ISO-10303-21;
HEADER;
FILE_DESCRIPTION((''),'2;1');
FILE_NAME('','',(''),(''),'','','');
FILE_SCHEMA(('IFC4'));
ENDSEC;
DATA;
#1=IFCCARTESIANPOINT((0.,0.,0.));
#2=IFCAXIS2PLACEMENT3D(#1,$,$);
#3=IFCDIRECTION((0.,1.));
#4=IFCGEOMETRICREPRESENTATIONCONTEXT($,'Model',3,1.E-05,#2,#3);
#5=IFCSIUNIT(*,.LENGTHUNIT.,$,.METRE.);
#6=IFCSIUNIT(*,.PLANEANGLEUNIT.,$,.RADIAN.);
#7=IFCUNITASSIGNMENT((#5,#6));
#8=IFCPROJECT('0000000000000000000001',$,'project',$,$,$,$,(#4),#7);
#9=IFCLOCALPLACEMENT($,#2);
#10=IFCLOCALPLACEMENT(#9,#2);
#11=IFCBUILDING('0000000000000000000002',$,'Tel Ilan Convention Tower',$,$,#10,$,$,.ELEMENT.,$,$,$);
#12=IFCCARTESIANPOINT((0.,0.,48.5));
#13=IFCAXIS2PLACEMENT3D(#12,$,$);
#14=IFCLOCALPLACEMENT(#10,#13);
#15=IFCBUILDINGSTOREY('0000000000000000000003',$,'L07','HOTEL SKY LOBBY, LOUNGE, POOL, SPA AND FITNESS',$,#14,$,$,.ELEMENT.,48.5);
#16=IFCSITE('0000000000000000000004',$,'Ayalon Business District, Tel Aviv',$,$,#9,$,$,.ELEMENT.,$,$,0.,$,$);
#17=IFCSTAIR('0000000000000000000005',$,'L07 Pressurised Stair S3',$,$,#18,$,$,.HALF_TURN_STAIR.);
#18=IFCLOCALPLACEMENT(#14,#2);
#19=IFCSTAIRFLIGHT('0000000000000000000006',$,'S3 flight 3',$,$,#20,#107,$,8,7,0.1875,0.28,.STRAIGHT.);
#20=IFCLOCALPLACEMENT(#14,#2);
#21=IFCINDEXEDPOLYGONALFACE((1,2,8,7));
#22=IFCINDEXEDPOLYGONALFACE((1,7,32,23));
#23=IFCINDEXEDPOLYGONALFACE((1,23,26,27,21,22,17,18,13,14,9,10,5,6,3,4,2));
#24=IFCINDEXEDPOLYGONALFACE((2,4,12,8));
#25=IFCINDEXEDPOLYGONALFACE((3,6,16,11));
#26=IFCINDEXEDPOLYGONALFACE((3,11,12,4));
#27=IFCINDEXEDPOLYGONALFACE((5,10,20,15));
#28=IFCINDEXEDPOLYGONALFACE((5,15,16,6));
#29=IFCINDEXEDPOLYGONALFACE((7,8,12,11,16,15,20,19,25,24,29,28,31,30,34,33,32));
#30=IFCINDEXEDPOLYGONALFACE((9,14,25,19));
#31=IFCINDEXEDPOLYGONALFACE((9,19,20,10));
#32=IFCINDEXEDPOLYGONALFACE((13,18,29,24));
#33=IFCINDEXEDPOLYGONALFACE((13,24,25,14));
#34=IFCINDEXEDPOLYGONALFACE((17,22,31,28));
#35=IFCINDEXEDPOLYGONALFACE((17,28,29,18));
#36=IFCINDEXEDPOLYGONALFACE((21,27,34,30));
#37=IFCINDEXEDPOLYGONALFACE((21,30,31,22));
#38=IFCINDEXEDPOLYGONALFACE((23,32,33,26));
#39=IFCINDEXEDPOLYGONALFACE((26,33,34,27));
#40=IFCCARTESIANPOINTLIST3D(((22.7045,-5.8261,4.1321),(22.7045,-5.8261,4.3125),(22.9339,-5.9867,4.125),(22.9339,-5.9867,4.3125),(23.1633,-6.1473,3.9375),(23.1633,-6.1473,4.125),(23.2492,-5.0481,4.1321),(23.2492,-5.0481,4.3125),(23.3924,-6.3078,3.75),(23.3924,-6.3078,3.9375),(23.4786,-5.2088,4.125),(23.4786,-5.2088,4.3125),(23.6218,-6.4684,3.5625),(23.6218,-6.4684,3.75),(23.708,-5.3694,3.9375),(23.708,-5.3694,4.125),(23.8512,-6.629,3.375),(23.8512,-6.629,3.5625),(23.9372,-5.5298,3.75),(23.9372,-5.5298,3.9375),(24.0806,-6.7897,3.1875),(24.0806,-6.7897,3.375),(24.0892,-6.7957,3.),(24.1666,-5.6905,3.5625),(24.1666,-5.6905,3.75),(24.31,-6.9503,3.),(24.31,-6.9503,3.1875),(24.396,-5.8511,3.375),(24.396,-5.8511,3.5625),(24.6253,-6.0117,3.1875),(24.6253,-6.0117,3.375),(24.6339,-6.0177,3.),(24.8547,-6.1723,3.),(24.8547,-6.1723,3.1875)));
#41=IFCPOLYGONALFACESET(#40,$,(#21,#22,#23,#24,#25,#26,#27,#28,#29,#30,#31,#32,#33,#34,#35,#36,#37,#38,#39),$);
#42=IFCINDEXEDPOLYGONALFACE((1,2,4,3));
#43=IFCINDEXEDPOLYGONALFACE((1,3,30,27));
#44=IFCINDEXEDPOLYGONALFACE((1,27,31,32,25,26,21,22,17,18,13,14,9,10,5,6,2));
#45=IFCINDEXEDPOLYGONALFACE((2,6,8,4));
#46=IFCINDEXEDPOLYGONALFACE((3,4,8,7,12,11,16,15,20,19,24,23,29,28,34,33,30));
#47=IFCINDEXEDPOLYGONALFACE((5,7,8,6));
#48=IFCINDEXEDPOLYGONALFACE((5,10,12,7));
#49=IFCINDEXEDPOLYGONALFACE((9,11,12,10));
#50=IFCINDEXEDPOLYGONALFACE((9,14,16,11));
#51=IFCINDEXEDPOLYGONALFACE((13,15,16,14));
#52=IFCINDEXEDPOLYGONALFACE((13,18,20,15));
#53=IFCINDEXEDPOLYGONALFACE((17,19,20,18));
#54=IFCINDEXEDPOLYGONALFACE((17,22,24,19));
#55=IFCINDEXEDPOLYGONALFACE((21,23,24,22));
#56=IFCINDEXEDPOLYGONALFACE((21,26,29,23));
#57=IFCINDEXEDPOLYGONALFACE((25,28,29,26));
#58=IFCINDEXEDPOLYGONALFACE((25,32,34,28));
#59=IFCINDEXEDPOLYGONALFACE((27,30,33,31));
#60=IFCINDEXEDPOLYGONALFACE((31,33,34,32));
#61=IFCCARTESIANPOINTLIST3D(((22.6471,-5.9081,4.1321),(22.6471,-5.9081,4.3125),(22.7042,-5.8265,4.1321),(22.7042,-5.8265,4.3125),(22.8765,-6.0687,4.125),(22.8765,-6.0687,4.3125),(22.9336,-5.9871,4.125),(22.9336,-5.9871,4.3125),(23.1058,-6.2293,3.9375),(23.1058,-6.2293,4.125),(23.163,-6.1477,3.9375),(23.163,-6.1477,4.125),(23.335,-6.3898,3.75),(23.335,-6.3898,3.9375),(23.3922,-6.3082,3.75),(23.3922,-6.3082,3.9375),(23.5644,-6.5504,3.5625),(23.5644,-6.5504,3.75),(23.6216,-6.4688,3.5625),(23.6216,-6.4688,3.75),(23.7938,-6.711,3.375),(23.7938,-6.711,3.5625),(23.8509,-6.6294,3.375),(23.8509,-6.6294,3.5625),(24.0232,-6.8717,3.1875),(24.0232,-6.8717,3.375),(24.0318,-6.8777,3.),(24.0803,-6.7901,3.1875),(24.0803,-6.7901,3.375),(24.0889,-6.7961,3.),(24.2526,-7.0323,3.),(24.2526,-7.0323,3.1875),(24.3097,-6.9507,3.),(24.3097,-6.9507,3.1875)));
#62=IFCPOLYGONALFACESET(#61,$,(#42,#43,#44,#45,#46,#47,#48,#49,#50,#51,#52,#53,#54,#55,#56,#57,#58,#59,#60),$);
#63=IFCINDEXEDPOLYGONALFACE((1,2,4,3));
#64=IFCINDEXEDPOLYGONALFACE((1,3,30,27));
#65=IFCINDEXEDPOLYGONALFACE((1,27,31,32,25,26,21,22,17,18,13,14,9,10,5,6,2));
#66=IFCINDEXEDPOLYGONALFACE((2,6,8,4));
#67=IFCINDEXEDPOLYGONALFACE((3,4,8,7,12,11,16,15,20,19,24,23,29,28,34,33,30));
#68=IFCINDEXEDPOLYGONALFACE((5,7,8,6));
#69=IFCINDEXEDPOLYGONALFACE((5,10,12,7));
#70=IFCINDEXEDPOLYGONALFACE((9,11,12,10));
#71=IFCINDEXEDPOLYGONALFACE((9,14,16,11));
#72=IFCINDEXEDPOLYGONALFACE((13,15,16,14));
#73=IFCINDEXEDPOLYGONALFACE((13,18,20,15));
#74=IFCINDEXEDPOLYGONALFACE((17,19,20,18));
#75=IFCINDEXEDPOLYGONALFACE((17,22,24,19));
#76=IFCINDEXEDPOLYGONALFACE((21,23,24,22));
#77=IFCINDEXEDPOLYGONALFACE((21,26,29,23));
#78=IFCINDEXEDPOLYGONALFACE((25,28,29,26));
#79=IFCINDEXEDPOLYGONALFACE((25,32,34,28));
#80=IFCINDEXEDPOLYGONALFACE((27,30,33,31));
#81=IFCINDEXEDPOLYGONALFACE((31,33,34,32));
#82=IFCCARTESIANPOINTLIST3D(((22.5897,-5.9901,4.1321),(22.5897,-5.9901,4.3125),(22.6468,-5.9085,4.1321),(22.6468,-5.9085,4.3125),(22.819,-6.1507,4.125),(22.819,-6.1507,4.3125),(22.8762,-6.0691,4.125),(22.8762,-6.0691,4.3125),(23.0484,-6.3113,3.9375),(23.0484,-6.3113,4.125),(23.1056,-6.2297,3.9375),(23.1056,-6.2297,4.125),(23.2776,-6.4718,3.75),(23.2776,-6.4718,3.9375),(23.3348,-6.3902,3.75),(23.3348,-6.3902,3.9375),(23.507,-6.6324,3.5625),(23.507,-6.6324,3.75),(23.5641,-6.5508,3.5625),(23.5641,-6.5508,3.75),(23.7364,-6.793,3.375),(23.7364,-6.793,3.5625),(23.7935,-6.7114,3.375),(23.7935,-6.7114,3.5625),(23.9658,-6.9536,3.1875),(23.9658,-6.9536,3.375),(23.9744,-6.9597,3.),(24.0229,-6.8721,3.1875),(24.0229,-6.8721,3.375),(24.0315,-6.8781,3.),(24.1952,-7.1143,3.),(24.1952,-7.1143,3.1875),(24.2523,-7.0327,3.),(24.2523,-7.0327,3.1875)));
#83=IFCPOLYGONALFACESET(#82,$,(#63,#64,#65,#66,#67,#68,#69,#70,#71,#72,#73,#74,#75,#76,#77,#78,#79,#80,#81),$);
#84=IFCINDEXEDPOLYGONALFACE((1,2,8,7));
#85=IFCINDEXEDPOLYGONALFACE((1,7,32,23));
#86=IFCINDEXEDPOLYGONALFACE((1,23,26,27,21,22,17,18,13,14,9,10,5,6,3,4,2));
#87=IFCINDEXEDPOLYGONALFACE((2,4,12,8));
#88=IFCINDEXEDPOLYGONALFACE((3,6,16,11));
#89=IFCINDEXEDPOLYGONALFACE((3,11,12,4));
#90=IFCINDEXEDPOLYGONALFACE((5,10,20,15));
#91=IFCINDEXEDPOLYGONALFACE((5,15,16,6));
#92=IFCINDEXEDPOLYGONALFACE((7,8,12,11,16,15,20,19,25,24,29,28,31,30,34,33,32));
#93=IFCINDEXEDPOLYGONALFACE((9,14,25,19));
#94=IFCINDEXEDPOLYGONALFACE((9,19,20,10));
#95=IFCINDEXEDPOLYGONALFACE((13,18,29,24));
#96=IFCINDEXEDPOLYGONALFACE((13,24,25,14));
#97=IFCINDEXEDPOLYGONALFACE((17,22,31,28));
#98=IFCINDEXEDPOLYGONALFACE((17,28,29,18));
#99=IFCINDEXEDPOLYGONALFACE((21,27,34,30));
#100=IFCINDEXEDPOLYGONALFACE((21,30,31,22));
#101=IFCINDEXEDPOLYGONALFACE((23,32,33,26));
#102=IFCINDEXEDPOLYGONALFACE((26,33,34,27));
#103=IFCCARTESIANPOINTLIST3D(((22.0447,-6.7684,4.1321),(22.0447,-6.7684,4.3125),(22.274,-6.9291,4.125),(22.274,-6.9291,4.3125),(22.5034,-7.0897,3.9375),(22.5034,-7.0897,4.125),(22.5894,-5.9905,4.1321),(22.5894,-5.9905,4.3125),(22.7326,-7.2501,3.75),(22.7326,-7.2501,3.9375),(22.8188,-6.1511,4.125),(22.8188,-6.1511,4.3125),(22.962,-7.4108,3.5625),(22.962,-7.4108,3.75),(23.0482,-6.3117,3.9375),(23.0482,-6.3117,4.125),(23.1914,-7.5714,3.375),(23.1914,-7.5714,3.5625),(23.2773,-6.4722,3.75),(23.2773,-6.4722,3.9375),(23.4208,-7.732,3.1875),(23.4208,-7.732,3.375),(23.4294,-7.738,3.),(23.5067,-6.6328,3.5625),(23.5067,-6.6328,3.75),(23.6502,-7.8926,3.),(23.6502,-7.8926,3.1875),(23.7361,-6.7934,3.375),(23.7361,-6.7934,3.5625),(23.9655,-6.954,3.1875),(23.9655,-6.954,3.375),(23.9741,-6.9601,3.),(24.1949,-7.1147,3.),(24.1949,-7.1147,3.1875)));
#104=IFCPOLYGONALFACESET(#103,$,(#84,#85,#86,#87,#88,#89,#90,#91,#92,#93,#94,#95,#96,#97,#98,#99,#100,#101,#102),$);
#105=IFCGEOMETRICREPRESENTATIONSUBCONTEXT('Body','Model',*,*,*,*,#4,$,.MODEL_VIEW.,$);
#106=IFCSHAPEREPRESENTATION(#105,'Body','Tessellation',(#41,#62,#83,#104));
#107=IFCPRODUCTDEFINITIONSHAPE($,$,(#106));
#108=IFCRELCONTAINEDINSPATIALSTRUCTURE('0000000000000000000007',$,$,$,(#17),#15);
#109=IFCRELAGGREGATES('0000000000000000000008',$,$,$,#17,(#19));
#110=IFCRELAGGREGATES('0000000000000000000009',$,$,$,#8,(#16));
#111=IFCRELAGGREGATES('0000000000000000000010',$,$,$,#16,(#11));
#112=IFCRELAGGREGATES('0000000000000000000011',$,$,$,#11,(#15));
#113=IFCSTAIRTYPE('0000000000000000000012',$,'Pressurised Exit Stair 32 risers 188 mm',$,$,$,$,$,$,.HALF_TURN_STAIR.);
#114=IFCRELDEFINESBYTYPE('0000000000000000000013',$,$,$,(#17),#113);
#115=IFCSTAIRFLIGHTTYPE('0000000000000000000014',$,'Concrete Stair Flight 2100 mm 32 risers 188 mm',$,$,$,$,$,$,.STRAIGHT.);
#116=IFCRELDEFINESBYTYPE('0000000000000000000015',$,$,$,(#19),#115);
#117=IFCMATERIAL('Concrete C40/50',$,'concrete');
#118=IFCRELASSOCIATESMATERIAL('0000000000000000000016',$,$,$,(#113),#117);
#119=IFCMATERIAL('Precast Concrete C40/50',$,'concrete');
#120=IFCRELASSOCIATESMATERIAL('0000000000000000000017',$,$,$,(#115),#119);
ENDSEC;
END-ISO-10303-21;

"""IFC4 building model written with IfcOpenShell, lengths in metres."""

from ifc_helpers import new_model, si_unit, direction, frame, origin, place, context, subcontext, project, spatial, polyline, outline, extrude, material, type_object, element, aggregate, save


model = new_model("IFC4")

# Units and contexts
model_context = context("Model", 3, precision=1e-05, world=origin(), true_north=direction((0.0, 1.0)))
body_context = subcontext(model_context, "Body", "Model", "MODEL_VIEW")
ifc_project = project(units=[si_unit("LENGTHUNIT", "METRE"), si_unit("PLANEANGLEUNIT", "RADIAN")], contexts=[model_context])

# Site, building, storey
site_placement = place(None, origin())
site = spatial("IfcSite", under=ifc_project, at=site_placement, Name="Ayalon Business District, Tel Aviv", CompositionType="ELEMENT", RefElevation=0.0)
building_placement = place(site_placement, origin())
building = spatial("IfcBuilding", under=site, at=building_placement, Name="Tel Ilan Convention Tower", CompositionType="ELEMENT")
storey_placement = place(building_placement, frame((0.0, 0.0, 48.5)))
storey = spatial("IfcBuildingStorey", under=building, at=storey_placement, Name="L07", Description="HOTEL SKY LOBBY, LOUNGE, POOL, SPA AND FITNESS", CompositionType="ELEMENT", Elevation=48.5)

# Stair, stair flight
ifc_material_1 = material(Name="Concrete C40/50", Category="concrete")
stair_type = type_object("IfcStairType", Name="Pressurised Exit Stair 32 risers 188 mm", PredefinedType="HALF_TURN_STAIR", material=ifc_material_1)
stair_1_placement = place(storey_placement, origin())
stair_1 = element("IfcStair", 1, at=stair_1_placement, inside=storey, type_object=stair_type, Name="L07 Pressurised Stair S3", PredefinedType="HALF_TURN_STAIR")
ifc_material_2 = material(Name="Precast Concrete C40/50", Category="concrete")
stair_flight_type = type_object("IfcStairFlightType", Name="Concrete Stair Flight 2100 mm 32 risers 188 mm", PredefinedType="STRAIGHT", material=ifc_material_2)
stair_flight_1_placement = place(storey_placement, frame((24.2524, -7.0325, 3.0), z_axis=(0.0, 0.0, 1.0), x_axis=(-0.819152, 0.573576, 0.0)))
stair_flight_1 = element("IfcStairFlight", 2, at=stair_flight_1_placement, type_object=stair_flight_type, Name="S3 flight 3", NumberOfRisers=8, NumberOfTreads=7, PredefinedType="STRAIGHT", RiserHeight=0.1875, TreadLength=0.28, context=body_context, shape_type="SweptSolid", body=[
    extrude(outline(polyline([(0.0, 0.0), (0.0, 0.1875), (0.28, 0.1875), (0.28, 0.375), (0.5601, 0.375), (0.5601, 0.5625), (0.8401, 0.5625), (0.8401, 0.75), (1.1201, 0.75), (1.1201, 0.9375), (1.3999, 0.9375), (1.3999, 1.125), (1.6799, 1.125), (1.6799, 1.3125), (1.96, 1.3125), (1.96, 1.5), (1.96, 1.1321), (0.2695, 0.0), (0.0, 0.0)])), frame((0.0, -0.1003, 0.0), z_axis=(0.0, -1.0, 0.0), x_axis=(1.0, 0.0, 0.0)), (0.0, 0.0, 1.0), 0.9497),
    extrude(outline(polyline([(0.0, 0.0), (0.0, 0.1875), (0.28, 0.1875), (0.28, 0.375), (0.5601, 0.375), (0.5601, 0.5625), (0.8401, 0.5625), (0.8401, 0.75), (1.1201, 0.75), (1.1201, 0.9375), (1.3999, 0.9375), (1.3999, 1.125), (1.6799, 1.125), (1.6799, 1.3125), (1.96, 1.3125), (1.96, 1.5), (1.96, 1.1321), (0.2695, 0.0), (0.0, 0.0)])), frame((0.0, -0.0002, 0.0), z_axis=(0.0, -1.0, 0.0), x_axis=(1.0, 0.0, 0.0)), (0.0, 0.0, 1.0), 0.0996),
    extrude(outline(polyline([(0.0, 0.0), (0.0, 0.1875), (0.28, 0.1875), (0.28, 0.375), (0.5601, 0.375), (0.5601, 0.5625), (0.8401, 0.5625), (0.8401, 0.75), (1.1201, 0.75), (1.1201, 0.9375), (1.3999, 0.9375), (1.3999, 1.125), (1.6799, 1.125), (1.6799, 1.3125), (1.96, 1.3125), (1.96, 1.5), (1.96, 1.1321), (0.2695, 0.0), (0.0, 0.0)])), frame((0.0, 0.0999, 0.0), z_axis=(0.0, -1.0, 0.0), x_axis=(1.0, 0.0, 0.0)), (0.0, 0.0, 1.0), 0.0996),
    extrude(outline(polyline([(0.0, 0.0), (0.0, 0.1875), (0.28, 0.1875), (0.28, 0.375), (0.5601, 0.375), (0.5601, 0.5625), (0.8401, 0.5625), (0.8401, 0.75), (1.1201, 0.75), (1.1201, 0.9375), (1.3999, 0.9375), (1.3999, 1.125), (1.6799, 1.125), (1.6799, 1.3125), (1.96, 1.3125), (1.96, 1.5), (1.96, 1.1321), (0.2695, 0.0), (0.0, 0.0)])), frame((0.0, 1.05, 0.0), z_axis=(0.0, -1.0, 0.0), x_axis=(1.0, 0.0, 0.0)), (0.0, 0.0, 1.0), 0.9497),
])
aggregate(stair_1, [stair_flight_1])

save(model, "model.ifc")
